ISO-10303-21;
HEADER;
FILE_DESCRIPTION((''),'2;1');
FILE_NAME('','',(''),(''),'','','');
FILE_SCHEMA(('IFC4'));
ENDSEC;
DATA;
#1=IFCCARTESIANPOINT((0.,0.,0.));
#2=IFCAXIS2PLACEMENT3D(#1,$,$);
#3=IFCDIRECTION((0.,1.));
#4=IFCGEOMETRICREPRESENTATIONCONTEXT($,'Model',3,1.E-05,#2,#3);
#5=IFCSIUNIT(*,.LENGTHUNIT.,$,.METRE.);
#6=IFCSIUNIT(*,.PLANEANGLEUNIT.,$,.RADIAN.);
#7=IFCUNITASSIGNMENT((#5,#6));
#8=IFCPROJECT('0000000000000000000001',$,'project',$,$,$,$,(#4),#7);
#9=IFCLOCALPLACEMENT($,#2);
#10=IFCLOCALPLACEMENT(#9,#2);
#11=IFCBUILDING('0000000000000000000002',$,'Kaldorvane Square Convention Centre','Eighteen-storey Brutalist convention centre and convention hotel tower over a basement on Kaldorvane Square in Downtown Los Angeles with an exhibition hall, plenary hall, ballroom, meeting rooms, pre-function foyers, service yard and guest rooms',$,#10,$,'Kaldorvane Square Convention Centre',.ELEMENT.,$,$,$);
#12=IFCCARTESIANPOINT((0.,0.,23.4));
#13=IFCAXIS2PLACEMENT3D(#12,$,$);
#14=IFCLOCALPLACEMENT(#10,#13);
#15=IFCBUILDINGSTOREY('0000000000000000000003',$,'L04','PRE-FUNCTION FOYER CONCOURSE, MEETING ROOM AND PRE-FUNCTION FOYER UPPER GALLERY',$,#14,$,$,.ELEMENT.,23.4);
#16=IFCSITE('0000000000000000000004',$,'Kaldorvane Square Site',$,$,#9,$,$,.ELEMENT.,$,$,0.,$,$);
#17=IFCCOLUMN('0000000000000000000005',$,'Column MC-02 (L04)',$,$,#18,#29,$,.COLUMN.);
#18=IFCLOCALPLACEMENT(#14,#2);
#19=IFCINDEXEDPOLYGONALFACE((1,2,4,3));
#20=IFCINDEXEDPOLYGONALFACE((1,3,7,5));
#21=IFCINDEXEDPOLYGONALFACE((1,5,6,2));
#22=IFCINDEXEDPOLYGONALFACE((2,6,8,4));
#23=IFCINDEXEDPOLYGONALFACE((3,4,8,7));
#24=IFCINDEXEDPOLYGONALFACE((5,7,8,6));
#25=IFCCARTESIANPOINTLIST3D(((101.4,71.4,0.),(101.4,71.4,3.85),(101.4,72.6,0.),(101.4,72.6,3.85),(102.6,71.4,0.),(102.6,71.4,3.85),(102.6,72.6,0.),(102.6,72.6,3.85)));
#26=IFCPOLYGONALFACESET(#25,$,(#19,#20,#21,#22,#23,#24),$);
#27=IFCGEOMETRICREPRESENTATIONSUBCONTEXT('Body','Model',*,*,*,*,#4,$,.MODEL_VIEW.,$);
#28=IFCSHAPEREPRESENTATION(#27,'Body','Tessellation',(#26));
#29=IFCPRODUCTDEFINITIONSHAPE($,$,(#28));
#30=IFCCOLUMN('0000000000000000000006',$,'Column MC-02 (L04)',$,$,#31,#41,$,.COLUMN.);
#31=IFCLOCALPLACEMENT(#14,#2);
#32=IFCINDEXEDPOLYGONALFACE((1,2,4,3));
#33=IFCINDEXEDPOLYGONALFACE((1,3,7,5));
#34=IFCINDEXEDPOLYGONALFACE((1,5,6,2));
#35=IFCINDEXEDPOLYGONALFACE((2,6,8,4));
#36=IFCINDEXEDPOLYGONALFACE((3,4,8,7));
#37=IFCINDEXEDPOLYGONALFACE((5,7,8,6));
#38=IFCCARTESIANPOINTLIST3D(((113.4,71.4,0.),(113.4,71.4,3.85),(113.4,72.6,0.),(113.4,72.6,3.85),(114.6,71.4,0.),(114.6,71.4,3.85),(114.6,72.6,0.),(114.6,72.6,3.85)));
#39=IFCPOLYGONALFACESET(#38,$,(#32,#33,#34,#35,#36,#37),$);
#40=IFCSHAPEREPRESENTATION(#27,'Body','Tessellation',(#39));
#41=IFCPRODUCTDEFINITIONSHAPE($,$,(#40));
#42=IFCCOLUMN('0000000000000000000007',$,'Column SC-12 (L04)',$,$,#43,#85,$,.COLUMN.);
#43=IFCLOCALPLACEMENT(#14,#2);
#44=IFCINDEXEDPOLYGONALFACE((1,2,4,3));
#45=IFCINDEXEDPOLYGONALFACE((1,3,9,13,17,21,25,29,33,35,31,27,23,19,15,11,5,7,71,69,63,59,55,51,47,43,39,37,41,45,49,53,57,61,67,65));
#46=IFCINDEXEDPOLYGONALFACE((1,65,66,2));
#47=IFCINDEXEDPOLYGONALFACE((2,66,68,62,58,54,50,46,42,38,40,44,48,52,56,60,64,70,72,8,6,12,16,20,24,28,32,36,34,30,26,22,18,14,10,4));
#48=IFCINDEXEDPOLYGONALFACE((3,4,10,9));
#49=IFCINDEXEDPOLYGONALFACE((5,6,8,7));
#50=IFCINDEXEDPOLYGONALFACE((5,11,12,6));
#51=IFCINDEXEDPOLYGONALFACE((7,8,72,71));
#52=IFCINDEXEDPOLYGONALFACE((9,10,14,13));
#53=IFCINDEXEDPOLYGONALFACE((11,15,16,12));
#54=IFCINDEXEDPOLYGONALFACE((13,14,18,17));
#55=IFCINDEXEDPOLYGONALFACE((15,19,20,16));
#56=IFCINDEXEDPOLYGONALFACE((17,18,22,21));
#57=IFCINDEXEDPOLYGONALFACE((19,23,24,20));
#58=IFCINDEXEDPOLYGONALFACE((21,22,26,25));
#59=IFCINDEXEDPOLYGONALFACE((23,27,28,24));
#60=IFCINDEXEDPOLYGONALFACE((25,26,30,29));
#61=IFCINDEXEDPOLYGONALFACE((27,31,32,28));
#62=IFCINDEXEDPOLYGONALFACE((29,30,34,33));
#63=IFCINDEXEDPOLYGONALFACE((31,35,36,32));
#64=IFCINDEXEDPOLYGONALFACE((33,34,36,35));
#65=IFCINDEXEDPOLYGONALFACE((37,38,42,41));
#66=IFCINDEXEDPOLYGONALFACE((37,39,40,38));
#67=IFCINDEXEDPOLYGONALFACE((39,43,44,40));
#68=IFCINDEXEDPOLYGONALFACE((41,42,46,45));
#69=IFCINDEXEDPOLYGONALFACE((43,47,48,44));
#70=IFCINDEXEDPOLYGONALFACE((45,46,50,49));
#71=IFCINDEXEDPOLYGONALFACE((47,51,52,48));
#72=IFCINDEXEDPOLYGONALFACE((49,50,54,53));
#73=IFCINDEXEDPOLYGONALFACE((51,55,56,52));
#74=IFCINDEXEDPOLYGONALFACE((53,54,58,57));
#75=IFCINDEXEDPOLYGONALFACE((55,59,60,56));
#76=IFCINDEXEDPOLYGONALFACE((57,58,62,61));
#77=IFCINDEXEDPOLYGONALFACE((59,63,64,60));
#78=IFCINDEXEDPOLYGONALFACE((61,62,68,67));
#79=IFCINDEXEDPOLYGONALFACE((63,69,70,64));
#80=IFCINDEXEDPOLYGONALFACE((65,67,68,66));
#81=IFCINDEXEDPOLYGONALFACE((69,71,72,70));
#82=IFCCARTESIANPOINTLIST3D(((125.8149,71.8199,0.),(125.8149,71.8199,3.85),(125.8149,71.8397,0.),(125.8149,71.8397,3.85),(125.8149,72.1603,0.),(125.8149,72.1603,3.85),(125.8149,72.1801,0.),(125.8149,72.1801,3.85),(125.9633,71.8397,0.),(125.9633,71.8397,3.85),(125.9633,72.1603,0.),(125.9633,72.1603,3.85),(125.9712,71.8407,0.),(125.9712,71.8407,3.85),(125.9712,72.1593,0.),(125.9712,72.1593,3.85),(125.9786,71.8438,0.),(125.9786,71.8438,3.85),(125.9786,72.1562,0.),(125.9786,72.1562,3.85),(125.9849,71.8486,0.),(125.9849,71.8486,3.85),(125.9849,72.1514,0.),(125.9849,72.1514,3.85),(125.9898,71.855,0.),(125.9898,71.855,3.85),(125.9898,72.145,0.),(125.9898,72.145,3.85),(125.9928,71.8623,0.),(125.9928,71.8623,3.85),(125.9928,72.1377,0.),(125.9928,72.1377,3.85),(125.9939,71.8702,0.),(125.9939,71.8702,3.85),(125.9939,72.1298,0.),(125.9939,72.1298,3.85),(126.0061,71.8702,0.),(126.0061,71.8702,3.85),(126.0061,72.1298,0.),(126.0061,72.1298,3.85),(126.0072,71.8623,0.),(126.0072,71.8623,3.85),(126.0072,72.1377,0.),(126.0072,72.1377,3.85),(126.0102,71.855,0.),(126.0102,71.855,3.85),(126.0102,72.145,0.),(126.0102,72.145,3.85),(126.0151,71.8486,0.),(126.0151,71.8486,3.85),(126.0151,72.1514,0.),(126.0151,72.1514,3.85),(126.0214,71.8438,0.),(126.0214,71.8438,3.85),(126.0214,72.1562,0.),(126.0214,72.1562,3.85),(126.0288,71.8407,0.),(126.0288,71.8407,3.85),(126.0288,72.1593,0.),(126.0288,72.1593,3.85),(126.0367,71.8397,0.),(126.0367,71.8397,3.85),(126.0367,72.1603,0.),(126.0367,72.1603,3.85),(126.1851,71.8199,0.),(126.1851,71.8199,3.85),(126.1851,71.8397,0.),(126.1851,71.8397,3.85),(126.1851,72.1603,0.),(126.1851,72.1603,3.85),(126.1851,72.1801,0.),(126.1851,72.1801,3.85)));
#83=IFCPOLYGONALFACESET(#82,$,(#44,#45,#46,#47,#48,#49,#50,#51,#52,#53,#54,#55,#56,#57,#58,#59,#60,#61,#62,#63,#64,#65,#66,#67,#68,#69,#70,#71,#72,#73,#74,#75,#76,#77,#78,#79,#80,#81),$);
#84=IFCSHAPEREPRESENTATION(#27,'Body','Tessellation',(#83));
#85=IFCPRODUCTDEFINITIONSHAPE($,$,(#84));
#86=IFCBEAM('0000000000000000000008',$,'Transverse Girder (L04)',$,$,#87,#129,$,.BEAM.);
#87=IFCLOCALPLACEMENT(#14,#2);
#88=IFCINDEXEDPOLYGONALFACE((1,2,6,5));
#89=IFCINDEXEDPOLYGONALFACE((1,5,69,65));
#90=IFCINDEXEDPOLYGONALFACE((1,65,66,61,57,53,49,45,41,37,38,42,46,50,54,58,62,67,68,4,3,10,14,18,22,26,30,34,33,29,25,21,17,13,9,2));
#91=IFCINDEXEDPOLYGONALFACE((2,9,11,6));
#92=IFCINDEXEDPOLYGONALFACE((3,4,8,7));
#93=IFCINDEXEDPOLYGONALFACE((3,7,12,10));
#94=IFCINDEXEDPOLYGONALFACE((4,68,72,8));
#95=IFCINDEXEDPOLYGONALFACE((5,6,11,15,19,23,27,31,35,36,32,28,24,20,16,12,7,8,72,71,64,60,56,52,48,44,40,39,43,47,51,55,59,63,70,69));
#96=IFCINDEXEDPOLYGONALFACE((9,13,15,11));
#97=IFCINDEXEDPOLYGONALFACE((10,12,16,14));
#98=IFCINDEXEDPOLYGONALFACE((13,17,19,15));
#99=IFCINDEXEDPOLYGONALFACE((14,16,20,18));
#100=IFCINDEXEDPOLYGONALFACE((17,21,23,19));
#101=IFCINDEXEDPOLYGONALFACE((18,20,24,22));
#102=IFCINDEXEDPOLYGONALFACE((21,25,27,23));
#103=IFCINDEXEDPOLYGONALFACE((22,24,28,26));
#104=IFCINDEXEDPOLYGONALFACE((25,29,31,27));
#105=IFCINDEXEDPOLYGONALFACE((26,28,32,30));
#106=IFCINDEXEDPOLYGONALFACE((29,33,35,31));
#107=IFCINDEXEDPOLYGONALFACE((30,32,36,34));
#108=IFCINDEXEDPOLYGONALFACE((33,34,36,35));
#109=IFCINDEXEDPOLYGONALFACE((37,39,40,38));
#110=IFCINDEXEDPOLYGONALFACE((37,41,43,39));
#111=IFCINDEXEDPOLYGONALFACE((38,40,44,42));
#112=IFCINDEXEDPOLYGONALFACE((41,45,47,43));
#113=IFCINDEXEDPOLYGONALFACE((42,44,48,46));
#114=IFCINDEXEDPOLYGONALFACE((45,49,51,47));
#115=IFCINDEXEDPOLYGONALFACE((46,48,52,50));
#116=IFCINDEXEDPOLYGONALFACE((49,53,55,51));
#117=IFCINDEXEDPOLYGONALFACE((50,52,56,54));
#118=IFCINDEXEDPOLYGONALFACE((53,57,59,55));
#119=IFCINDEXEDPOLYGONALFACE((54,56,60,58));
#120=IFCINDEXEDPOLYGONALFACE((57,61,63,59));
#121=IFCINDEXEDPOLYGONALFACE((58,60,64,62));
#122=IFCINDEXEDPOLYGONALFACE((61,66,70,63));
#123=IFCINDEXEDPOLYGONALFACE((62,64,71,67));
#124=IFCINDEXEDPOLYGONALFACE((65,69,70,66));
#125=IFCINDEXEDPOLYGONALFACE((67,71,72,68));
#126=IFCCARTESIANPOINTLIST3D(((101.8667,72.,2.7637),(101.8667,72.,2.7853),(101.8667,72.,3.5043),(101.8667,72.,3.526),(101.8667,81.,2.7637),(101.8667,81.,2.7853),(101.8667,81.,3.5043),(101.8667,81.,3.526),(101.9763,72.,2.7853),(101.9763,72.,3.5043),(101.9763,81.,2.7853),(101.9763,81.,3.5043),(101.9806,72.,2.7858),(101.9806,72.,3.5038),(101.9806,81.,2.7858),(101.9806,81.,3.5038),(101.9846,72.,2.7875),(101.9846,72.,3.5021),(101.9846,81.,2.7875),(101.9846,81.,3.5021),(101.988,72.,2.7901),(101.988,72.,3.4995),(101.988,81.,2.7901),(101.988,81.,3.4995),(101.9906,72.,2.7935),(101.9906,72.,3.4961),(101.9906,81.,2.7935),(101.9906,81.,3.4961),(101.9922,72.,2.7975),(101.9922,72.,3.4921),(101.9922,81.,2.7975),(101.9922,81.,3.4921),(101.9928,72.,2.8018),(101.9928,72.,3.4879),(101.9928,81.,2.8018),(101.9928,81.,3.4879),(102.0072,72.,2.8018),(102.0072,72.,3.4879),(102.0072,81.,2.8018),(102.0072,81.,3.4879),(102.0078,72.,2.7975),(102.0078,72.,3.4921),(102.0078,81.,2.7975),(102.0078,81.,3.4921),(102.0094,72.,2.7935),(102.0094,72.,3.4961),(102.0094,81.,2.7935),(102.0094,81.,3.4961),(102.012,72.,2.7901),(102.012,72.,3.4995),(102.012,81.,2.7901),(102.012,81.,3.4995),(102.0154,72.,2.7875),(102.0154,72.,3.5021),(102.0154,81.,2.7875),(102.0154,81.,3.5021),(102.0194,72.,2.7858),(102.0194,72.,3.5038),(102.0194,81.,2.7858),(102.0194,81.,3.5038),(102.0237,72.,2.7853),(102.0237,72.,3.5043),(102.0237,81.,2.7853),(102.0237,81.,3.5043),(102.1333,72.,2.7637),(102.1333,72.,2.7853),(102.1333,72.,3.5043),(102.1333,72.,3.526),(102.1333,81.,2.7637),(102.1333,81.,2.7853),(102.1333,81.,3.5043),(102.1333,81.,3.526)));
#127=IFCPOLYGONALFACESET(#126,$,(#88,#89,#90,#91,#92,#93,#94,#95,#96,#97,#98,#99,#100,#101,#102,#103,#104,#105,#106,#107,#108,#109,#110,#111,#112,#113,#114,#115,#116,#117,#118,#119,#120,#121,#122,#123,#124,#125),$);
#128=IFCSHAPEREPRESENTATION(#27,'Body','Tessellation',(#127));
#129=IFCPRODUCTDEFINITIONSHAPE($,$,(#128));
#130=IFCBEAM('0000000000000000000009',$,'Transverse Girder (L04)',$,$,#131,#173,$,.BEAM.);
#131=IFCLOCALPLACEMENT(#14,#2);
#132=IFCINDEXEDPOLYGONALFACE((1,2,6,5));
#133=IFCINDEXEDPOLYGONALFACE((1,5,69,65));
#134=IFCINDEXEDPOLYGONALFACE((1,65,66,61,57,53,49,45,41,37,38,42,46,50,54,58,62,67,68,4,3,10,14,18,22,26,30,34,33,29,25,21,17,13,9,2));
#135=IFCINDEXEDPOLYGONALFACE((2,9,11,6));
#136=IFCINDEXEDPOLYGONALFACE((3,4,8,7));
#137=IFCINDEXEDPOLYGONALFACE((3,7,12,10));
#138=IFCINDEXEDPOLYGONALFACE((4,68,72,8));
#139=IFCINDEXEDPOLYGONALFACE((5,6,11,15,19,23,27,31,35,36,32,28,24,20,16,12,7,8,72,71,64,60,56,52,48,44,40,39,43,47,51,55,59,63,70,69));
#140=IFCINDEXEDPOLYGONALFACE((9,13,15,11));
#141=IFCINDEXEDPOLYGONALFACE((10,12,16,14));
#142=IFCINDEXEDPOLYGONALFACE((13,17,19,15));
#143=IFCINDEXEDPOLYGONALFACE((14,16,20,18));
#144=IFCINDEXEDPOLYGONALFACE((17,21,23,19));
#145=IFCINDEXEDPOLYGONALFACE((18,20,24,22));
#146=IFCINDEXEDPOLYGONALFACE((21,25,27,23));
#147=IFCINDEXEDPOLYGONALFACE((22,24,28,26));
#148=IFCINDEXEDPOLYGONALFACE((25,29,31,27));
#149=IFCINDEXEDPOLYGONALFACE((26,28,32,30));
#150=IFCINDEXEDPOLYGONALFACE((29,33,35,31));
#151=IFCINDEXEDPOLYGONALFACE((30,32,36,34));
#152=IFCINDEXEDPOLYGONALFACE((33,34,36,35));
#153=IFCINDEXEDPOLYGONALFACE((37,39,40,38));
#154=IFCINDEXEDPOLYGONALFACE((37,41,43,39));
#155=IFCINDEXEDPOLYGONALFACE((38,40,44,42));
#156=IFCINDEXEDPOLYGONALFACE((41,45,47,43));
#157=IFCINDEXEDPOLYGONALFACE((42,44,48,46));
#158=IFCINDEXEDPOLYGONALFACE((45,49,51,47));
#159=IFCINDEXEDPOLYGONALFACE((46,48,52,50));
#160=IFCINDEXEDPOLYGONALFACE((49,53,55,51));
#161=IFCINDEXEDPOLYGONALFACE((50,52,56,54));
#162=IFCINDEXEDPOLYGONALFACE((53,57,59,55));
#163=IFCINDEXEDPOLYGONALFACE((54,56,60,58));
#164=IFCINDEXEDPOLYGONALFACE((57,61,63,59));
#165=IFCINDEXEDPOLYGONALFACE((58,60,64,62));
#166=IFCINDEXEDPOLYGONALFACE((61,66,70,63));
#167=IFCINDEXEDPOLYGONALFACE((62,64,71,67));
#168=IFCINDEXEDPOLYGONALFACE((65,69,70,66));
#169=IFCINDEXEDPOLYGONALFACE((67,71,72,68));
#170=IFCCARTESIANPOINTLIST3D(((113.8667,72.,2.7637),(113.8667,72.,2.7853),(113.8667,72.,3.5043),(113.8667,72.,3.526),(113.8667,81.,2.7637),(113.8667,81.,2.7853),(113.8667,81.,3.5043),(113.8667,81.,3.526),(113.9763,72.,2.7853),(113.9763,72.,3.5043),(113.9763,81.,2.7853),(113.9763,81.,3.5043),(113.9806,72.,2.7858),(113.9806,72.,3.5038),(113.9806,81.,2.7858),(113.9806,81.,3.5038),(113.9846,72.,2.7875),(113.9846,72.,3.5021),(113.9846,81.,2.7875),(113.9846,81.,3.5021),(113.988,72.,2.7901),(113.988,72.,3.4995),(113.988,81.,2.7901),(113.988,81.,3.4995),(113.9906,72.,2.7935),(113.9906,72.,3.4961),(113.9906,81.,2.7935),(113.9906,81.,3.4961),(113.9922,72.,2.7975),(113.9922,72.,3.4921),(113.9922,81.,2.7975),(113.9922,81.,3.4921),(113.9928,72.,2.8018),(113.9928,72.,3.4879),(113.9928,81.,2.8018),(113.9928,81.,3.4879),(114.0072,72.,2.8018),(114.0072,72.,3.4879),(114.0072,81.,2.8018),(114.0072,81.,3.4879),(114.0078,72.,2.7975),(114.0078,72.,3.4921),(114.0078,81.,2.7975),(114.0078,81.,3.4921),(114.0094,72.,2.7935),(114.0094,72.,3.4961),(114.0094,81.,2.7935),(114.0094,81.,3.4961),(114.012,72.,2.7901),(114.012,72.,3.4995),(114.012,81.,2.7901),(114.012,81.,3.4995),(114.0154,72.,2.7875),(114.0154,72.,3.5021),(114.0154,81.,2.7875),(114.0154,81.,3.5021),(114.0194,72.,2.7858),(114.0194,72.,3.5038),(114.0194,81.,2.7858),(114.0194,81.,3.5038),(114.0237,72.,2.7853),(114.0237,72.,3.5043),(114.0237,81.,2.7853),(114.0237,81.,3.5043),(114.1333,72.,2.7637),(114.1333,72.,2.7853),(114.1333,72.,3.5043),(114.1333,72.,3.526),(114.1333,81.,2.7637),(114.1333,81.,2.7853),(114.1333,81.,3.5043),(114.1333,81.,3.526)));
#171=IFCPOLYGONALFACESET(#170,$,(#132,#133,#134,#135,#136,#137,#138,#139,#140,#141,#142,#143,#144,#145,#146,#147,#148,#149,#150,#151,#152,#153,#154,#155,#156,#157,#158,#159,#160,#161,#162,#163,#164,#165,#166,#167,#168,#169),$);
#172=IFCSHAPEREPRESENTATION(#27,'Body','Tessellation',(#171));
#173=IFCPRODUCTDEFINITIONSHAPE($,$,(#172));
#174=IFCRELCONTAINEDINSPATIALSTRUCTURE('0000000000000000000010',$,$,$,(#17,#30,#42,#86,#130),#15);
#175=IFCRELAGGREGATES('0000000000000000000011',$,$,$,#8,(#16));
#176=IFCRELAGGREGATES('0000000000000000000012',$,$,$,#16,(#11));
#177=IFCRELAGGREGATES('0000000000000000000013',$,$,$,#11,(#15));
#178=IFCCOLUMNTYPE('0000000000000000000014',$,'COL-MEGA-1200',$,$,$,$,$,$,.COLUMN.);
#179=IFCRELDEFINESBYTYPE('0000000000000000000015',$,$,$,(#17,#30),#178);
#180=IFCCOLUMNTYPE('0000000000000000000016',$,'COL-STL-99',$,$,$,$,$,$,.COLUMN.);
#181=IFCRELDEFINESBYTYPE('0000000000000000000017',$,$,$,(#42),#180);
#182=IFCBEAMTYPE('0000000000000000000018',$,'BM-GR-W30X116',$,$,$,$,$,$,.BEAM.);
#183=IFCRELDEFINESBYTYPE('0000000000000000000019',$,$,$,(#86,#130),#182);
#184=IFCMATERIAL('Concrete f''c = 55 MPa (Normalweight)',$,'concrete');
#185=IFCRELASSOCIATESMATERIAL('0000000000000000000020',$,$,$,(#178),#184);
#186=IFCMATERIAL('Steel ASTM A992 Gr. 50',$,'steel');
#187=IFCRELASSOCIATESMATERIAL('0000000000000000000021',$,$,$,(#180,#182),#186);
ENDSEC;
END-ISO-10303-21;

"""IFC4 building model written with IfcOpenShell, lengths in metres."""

from ifc_helpers import new_model, si_unit, direction, frame, origin, origin_2d, place, context, subcontext, project, spatial, rectangle, i_section, extrude, material, material_profile, profile_set, type_object, element, save


model = new_model("IFC4")

# Units and contexts
model_context = context("Model", 3, precision=1e-05, world=origin(), true_north=direction((0.0, 1.0)))
body_context = subcontext(model_context, "Body", "Model", "MODEL_VIEW")
ifc_project = project(units=[si_unit("LENGTHUNIT", "METRE"), si_unit("PLANEANGLEUNIT", "RADIAN")], contexts=[model_context])

# Site, building, storey
site_placement = place(None, origin())
site = spatial("IfcSite", under=ifc_project, at=site_placement, Name="Kaldorvane Square Site", CompositionType="ELEMENT", RefElevation=0.0)
building_placement = place(site_placement, origin())
building = spatial("IfcBuilding", under=site, at=building_placement, Name="Kaldorvane Square Convention Centre", Description="Eighteen-storey Brutalist convention centre and convention hotel tower over a basement on Kaldorvane Square in Downtown Los Angeles with an exhibition hall, plenary hall, ballroom, meeting rooms, pre-function foyers, service yard and guest rooms", LongName="Kaldorvane Square Convention Centre", CompositionType="ELEMENT")
storey_placement = place(building_placement, frame((0.0, 0.0, 23.4)))
storey = spatial("IfcBuildingStorey", under=building, at=storey_placement, Name="L04", Description="PRE-FUNCTION FOYER CONCOURSE, MEETING ROOM AND PRE-FUNCTION FOYER UPPER GALLERY", CompositionType="ELEMENT", Elevation=23.4)

# Columns
ifc_material_1 = material(Name="Concrete f'c = 55 MPa (Normalweight)", Category="concrete")
ifc_material_profile_1 = material_profile(ifc_material_1, rectangle(XDim=1.2, YDim=1.2, at=origin_2d()), Name="RC1200X1200")
ifc_profile_set_1 = profile_set([ifc_material_profile_1], Name="Concrete f'c = 55 MPa (Normalweight)")
column_type_1 = type_object("IfcColumnType", Name="COL-MEGA-1200", PredefinedType="COLUMN", material=ifc_profile_set_1)
for number, where, z_axis, x_axis, name in (
    (1, (102.0, 72.0, 0.0), (0.0, 0.0, 1.0), (1.0, 0.0, 0.0), "Column MC-02 (L04)"),
    (2, (114.0, 72.0, 0.0), (0.0, 0.0, 1.0), (1.0, 0.0, 0.0), "Column MC-02 (L04)"),
):
    element("IfcColumn", number, at=place(storey_placement, frame(where, z_axis=z_axis, x_axis=x_axis)), inside=storey, type_object=column_type_1, Name=name, PredefinedType="COLUMN", context=body_context, shape_type="SweptSolid", body=[
        extrude(rectangle(XDim=1.2, YDim=1.2, at=origin_2d()), origin(), (0.0, 0.0, 1.0), 3.85),
    ])
ifc_material_2 = material(Name="Steel ASTM A992 Gr. 50", Category="steel")
ifc_material_profile_2 = material_profile(ifc_material_2, i_section(OverallWidth=0.3701, OverallDepth=0.3602, WebThickness=0.0123, FlangeThickness=0.0198, FilletRadius=0.0305, at=origin_2d()), Name="W14X99")
ifc_profile_set_2 = profile_set([ifc_material_profile_2], Name="Steel ASTM A992 Gr. 50")
column_type_2 = type_object("IfcColumnType", Name="COL-STL-99", PredefinedType="COLUMN", material=ifc_profile_set_2)
column_placement = place(storey_placement, frame((126.0, 72.0, 0.0), z_axis=(0.0, 0.0, 1.0), x_axis=(1.0, 0.0, 0.0)))
element("IfcColumn", 3, at=column_placement, inside=storey, type_object=column_type_2, Name="Column SC-12 (L04)", PredefinedType="COLUMN", context=body_context, shape_type="SweptSolid", body=[
    extrude(i_section(OverallWidth=0.3701, OverallDepth=0.3602, WebThickness=0.0123, FlangeThickness=0.0198, FilletRadius=0.0305, at=origin_2d()), origin(), (0.0, 0.0, 1.0), 3.85),
])

# Beams
ifc_material_profile_3 = material_profile(ifc_material_2, i_section(OverallWidth=0.2666, OverallDepth=0.7623, WebThickness=0.0144, FlangeThickness=0.0216, FilletRadius=0.0165, at=origin_2d()), Name="W30X116")
ifc_profile_set_3 = profile_set([ifc_material_profile_3], Name="Steel ASTM A992 Gr. 50")
beam_type_1 = type_object("IfcBeamType", Name="BM-GR-W30X116", PredefinedType="BEAM", material=ifc_profile_set_3)
for number, where, z_axis, x_axis, name in (
    (4, (102.0, 72.0, 3.1448), (0.0, 1.0, 0.0), (-1.0, 0.0, 0.0), "Transverse Girder (L04)"),
    (5, (114.0, 72.0, 3.1448), (0.0, 1.0, 0.0), (-1.0, 0.0, 0.0), "Transverse Girder (L04)"),
):
    element("IfcBeam", number, at=place(storey_placement, frame(where, z_axis=z_axis, x_axis=x_axis)), inside=storey, type_object=beam_type_1, Name=name, PredefinedType="BEAM", context=body_context, shape_type="SweptSolid", body=[
        extrude(i_section(OverallWidth=0.2666, OverallDepth=0.7623, WebThickness=0.0144, FlangeThickness=0.0216, FilletRadius=0.0165, at=origin_2d()), origin(), (0.0, 0.0, 1.0), 9.0),
    ])

save(model, "model.ifc")
